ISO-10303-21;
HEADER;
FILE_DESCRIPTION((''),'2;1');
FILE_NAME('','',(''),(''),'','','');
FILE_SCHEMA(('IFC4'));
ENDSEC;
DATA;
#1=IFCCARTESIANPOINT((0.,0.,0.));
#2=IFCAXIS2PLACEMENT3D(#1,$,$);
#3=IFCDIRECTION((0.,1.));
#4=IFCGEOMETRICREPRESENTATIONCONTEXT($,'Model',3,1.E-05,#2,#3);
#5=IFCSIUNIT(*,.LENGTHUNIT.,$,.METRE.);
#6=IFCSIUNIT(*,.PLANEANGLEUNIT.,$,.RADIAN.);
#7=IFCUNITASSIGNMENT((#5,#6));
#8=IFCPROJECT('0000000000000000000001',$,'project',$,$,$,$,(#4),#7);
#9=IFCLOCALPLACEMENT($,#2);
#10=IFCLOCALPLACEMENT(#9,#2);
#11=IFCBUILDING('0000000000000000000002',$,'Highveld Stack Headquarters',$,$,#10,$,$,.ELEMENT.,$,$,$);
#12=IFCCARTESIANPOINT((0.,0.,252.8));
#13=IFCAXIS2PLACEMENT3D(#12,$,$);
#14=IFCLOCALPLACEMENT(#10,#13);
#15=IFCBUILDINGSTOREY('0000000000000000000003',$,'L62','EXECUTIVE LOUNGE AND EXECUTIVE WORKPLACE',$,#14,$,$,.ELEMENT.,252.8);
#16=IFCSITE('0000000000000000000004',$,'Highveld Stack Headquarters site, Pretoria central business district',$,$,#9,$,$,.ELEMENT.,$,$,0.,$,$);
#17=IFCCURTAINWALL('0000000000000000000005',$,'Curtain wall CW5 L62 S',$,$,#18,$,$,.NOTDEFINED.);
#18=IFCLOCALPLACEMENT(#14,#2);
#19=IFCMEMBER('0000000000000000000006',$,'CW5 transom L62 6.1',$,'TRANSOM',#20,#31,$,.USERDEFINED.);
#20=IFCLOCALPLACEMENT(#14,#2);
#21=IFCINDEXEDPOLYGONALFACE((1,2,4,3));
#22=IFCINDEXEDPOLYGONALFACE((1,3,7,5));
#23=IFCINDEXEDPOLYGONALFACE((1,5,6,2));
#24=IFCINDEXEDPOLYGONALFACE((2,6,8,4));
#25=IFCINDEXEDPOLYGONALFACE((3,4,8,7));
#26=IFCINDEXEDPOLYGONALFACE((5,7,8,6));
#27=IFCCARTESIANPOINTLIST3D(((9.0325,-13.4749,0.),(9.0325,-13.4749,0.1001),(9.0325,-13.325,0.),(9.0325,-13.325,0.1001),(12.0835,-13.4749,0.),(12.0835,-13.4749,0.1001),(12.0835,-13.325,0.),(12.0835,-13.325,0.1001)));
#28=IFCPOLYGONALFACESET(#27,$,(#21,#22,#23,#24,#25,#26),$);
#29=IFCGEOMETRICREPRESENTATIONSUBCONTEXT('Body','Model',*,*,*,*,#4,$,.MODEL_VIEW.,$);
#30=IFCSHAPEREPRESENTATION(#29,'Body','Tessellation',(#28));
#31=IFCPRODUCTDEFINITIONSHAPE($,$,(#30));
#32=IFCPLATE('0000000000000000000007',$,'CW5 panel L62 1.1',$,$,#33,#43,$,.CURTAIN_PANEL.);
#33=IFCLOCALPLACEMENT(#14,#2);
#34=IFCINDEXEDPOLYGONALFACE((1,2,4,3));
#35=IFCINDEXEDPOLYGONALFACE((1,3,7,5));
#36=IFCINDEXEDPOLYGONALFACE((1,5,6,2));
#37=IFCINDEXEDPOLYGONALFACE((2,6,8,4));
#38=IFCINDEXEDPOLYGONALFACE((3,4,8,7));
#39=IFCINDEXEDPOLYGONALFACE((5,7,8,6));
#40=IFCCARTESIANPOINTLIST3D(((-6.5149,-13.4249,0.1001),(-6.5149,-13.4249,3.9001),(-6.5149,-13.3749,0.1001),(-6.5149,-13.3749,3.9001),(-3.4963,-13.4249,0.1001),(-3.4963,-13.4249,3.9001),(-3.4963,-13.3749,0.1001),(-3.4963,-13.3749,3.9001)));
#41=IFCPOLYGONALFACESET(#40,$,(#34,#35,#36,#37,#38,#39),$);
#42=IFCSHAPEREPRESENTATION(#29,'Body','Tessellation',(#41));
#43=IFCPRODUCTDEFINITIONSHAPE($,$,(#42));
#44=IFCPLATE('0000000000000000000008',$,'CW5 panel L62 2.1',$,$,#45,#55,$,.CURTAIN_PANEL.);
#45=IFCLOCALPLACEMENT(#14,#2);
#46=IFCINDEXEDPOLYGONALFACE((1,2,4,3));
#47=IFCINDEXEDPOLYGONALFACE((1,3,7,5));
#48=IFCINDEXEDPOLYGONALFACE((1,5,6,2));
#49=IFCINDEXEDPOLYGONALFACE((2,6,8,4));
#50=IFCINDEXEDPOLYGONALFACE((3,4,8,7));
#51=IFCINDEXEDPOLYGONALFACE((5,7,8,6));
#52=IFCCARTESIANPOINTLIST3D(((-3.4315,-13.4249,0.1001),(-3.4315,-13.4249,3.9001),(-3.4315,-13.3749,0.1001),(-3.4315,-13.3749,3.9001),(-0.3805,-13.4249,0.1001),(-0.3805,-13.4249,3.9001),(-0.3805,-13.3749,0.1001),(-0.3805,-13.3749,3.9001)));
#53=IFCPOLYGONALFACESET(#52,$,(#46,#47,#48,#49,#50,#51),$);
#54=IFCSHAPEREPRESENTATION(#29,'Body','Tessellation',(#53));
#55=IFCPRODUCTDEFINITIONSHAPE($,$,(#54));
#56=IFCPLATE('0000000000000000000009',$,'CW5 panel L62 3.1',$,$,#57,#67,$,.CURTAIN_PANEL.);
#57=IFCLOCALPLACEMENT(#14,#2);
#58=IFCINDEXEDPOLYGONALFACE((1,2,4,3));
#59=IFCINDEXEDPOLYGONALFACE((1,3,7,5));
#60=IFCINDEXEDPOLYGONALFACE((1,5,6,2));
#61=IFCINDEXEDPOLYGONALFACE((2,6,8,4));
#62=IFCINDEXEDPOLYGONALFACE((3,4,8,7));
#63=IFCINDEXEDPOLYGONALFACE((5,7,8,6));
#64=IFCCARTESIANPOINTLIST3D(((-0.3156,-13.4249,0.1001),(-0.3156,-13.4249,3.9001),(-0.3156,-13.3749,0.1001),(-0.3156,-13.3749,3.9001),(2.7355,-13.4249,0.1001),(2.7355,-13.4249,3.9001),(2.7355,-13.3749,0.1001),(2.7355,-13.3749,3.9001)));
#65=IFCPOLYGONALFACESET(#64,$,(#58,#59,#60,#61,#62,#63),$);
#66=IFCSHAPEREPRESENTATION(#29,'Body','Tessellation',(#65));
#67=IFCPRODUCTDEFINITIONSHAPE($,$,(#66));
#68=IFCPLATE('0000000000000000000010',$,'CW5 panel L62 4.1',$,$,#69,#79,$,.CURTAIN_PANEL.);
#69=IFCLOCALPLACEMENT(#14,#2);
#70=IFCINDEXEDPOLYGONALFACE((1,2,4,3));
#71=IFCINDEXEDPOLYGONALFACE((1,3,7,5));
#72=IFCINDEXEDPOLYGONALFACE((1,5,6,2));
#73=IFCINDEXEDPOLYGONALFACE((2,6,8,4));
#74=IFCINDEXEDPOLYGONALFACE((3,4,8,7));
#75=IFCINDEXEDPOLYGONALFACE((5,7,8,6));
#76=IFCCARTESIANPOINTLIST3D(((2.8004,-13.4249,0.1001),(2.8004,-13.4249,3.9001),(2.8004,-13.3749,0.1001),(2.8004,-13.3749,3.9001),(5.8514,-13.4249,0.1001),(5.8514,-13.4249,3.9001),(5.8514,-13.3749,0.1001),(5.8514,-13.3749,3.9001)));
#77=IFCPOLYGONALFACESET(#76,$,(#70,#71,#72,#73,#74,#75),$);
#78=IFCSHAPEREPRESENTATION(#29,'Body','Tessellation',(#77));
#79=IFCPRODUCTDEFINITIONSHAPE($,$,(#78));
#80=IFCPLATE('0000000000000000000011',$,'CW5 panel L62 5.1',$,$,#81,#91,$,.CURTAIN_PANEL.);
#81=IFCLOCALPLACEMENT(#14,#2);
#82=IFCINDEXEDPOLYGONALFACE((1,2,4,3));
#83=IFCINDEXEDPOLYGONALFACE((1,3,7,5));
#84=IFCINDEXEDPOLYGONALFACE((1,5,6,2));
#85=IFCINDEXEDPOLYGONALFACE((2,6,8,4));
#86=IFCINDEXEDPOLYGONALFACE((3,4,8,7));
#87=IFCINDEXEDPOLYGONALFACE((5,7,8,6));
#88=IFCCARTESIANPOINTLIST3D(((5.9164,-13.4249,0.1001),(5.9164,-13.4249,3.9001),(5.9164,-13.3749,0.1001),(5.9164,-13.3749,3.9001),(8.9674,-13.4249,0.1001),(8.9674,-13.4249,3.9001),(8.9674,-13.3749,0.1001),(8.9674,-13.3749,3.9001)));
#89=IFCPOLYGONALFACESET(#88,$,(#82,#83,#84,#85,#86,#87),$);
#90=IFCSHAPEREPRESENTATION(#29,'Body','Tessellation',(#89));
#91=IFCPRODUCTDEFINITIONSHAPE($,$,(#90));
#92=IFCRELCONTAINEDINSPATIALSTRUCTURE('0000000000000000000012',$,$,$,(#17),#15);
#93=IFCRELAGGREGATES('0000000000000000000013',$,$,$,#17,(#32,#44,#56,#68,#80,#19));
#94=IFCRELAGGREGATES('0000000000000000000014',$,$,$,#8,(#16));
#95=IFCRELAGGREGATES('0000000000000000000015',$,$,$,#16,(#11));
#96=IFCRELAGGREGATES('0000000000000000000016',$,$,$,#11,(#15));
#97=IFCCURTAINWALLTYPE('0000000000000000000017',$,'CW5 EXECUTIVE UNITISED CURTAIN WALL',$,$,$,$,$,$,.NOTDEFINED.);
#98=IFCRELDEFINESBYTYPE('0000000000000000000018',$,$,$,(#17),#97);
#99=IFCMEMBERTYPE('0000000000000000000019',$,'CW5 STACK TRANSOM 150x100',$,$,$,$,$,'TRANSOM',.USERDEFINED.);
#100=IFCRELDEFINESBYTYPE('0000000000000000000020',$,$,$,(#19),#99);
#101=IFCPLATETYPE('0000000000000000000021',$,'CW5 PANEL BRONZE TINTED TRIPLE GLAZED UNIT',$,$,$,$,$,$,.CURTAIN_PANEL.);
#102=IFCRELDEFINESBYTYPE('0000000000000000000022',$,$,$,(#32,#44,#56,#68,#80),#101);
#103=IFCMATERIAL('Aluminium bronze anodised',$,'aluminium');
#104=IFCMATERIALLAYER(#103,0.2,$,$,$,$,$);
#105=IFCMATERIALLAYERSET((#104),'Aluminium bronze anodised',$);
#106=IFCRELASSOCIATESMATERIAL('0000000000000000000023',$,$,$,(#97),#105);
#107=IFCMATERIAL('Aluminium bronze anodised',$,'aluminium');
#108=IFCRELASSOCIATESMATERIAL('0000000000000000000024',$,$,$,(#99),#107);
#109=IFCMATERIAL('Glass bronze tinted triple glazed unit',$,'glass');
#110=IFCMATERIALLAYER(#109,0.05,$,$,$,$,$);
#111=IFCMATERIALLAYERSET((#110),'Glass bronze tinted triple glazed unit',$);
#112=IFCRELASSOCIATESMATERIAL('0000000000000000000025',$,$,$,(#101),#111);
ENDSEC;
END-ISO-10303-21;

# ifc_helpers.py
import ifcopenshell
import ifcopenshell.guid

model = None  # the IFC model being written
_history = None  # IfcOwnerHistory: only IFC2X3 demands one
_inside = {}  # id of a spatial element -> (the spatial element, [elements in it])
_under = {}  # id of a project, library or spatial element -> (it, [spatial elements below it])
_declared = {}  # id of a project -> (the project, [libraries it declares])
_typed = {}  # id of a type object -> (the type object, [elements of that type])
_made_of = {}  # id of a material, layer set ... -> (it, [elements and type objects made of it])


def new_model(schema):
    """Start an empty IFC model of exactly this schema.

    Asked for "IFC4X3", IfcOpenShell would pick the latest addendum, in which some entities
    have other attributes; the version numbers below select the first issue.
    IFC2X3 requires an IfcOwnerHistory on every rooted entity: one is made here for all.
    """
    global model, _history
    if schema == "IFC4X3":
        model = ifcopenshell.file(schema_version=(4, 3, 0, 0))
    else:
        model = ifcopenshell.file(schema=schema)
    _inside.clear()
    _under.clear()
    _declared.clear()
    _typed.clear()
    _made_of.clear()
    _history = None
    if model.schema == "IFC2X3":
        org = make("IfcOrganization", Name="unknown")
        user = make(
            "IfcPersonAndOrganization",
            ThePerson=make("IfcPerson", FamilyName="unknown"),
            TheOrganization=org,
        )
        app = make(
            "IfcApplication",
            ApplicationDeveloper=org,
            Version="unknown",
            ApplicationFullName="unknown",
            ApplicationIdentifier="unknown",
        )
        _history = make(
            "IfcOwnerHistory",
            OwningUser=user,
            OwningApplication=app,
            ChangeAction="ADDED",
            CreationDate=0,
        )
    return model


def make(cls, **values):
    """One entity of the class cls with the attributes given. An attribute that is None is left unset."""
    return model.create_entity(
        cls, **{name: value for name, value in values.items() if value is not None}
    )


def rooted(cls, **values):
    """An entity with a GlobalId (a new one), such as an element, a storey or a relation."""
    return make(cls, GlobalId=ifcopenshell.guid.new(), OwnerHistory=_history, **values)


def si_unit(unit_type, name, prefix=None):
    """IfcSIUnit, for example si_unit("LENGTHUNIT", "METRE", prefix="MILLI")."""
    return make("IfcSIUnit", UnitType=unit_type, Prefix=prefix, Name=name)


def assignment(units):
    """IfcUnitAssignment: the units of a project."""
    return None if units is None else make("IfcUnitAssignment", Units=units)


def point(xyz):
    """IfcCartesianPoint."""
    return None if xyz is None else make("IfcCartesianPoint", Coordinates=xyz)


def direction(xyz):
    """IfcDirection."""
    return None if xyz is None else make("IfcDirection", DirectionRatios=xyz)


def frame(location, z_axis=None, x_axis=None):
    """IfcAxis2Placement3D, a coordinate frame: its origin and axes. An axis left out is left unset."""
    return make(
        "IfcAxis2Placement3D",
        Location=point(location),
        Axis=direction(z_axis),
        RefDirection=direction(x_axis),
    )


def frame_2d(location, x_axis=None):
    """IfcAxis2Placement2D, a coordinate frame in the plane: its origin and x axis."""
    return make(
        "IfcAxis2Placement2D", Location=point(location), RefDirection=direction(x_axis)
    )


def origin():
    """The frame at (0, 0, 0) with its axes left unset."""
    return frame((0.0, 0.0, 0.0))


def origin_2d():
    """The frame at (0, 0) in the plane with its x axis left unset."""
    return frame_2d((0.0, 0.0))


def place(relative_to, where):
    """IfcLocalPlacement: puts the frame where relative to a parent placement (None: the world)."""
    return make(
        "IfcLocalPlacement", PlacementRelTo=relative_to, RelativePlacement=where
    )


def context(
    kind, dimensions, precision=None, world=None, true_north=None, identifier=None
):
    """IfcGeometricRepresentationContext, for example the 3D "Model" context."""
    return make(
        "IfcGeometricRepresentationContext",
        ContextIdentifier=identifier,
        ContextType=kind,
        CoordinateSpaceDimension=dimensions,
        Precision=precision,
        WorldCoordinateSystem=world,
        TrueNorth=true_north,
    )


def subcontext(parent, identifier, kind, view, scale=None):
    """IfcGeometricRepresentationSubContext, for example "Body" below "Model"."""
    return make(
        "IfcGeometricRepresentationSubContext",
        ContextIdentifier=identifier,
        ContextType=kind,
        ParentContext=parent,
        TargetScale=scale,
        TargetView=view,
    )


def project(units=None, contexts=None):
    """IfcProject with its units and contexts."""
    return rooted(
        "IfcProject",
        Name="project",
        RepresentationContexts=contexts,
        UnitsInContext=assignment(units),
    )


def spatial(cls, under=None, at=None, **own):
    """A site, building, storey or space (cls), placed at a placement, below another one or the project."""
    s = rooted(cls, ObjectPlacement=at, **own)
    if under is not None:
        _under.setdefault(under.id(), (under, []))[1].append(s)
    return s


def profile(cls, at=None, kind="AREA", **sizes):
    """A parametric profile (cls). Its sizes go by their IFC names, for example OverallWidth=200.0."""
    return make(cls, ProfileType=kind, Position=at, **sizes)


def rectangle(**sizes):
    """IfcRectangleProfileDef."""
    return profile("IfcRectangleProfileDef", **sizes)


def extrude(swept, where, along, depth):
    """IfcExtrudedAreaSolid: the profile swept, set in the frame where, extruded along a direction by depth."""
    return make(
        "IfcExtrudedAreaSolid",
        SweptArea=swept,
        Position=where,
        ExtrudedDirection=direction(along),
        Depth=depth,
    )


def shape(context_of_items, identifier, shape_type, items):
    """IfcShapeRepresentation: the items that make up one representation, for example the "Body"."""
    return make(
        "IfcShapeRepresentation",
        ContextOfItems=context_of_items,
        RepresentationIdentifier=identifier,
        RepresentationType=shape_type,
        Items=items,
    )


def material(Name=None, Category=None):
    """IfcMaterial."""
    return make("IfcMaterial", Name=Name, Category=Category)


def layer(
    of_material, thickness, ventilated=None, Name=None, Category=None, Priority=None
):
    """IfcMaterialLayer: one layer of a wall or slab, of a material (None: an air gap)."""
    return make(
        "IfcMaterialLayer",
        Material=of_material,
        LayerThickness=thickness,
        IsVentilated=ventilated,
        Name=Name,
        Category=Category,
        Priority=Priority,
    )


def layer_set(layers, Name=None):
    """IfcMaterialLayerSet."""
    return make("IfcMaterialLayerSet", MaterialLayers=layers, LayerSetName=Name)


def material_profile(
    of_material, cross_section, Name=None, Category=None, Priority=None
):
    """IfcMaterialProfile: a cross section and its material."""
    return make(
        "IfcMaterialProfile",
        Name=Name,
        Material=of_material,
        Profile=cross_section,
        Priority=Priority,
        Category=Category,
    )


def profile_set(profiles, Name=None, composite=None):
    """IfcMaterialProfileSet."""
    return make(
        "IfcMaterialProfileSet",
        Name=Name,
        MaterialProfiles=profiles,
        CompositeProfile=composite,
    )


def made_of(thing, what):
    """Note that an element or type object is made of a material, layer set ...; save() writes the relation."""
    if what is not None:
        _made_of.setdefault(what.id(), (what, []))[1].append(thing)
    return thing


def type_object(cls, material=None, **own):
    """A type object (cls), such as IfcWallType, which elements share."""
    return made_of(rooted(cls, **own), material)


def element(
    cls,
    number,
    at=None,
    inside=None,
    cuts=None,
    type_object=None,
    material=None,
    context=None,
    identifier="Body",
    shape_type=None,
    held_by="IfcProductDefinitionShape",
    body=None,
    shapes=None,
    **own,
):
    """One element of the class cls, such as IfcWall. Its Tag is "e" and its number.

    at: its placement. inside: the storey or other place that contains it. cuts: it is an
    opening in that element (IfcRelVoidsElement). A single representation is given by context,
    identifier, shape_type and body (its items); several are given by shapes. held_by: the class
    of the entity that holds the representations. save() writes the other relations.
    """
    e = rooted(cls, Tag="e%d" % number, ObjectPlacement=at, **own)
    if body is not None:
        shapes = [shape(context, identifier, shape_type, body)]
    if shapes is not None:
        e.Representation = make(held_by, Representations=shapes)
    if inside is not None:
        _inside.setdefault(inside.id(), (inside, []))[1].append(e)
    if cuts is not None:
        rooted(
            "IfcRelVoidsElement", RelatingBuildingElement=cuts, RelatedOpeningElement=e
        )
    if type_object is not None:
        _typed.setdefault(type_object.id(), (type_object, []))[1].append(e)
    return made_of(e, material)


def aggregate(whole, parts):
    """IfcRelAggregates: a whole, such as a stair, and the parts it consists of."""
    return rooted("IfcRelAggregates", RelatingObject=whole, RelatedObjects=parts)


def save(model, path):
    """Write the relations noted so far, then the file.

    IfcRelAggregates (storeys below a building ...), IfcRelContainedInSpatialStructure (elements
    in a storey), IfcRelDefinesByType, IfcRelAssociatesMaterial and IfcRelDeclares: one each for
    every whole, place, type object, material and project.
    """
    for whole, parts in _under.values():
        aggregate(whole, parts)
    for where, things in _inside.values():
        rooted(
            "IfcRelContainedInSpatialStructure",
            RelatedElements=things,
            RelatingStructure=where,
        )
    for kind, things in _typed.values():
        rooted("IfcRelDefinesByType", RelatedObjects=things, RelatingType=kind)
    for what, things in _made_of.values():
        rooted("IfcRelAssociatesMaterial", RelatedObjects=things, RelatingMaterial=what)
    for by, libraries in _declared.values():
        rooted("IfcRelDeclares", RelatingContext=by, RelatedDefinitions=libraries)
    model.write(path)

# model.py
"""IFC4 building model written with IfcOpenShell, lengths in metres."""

from ifc_helpers import new_model, si_unit, direction, frame, origin, origin_2d, place, context, subcontext, project, spatial, rectangle, extrude, material, layer, layer_set, material_profile, profile_set, type_object, element, aggregate, save


model = new_model("IFC4")

# Units and contexts
model_context = context("Model", 3, precision=1e-05, world=origin(), true_north=direction((0.0, 1.0)))
body_context = subcontext(model_context, "Body", "Model", "MODEL_VIEW")
ifc_project = project(units=[si_unit("LENGTHUNIT", "METRE"), si_unit("PLANEANGLEUNIT", "RADIAN")], contexts=[model_context])

# Site, building, storey
site_placement = place(None, origin())
site = spatial("IfcSite", under=ifc_project, at=site_placement, Name="Highveld Stack Headquarters site, Pretoria central business district", CompositionType="ELEMENT", RefElevation=0.0)
building_placement = place(site_placement, origin())
building = spatial("IfcBuilding", under=site, at=building_placement, Name="Highveld Stack Headquarters", CompositionType="ELEMENT")
storey_placement = place(building_placement, frame((0.0, 0.0, 252.8)))
storey = spatial("IfcBuildingStorey", under=building, at=storey_placement, Name="L62", Description="EXECUTIVE LOUNGE AND EXECUTIVE WORKPLACE", CompositionType="ELEMENT", Elevation=252.8)

# Curtain wall, member, plates
ifc_material_1 = material(Name="Aluminium bronze anodised", Category="aluminium")
ifc_layer_1 = layer(ifc_material_1, 0.2)
ifc_layer_set_1 = layer_set([ifc_layer_1], Name="Aluminium bronze anodised")
curtain_wall_type = type_object("IfcCurtainWallType", Name="CW5 EXECUTIVE UNITISED CURTAIN WALL", PredefinedType="NOTDEFINED", material=ifc_layer_set_1)
curtain_wall_placement = place(storey_placement, origin())
curtain_wall = element("IfcCurtainWall", 1, at=curtain_wall_placement, inside=storey, type_object=curtain_wall_type, Name="Curtain wall CW5 L62 S", PredefinedType="NOTDEFINED")
ifc_material_2 = material(Name="Aluminium bronze anodised", Category="aluminium")
ifc_material_profile_1 = material_profile(ifc_material_2, rectangle(XDim=0.1499, YDim=0.1001, at=origin_2d()), Name="CW5 TRANSOM 150x100")
ifc_profile_set_1 = profile_set([ifc_material_profile_1], Name="Aluminium bronze anodised")
member_type_1 = type_object("IfcMemberType", Name="CW5 STACK TRANSOM 150x100", ElementType="TRANSOM", PredefinedType="USERDEFINED", material=ifc_profile_set_1)
member_1_placement = place(storey_placement, frame((9.0325, -13.3999, 0.05), z_axis=(1.0, 0.0, 0.0), x_axis=(0.0, 1.0, 0.0)))
member_1 = element("IfcMember", 2, at=member_1_placement, type_object=member_type_1, Name="CW5 transom L62 6.1", ObjectType="TRANSOM", PredefinedType="USERDEFINED", context=body_context, shape_type="SweptSolid", body=[
    extrude(rectangle(XDim=0.1499, YDim=0.1001, at=origin_2d()), origin(), (0.0, 0.0, 1.0), 3.051),
])
ifc_material_3 = material(Name="Glass bronze tinted triple glazed unit", Category="glass")
ifc_layer_2 = layer(ifc_material_3, 0.05)
ifc_layer_set_2 = layer_set([ifc_layer_2], Name="Glass bronze tinted triple glazed unit")
plate_type = type_object("IfcPlateType", Name="CW5 PANEL BRONZE TINTED TRIPLE GLAZED UNIT", PredefinedType="CURTAIN_PANEL", material=ifc_layer_set_2)
plate_1_placement = place(storey_placement, frame((-5.0056, -13.3999, 0.1001), z_axis=(0.0, 0.0, 1.0), x_axis=(1.0, 0.0, 0.0)))
plate_1 = element("IfcPlate", 3, at=plate_1_placement, type_object=plate_type, Name="CW5 panel L62 1.1", PredefinedType="CURTAIN_PANEL", context=body_context, shape_type="SweptSolid", body=[
    extrude(rectangle(XDim=3.0186, YDim=0.05, at=origin_2d()), origin(), (0.0, 0.0, 1.0), 3.8),
])
plate_2_placement = place(storey_placement, frame((-1.906, -13.3999, 0.1001), z_axis=(0.0, 0.0, 1.0), x_axis=(1.0, 0.0, 0.0)))
plate_2 = element("IfcPlate", 4, at=plate_2_placement, type_object=plate_type, Name="CW5 panel L62 2.1", PredefinedType="CURTAIN_PANEL", context=body_context, shape_type="SweptSolid", body=[
    extrude(rectangle(XDim=3.051, YDim=0.05, at=origin_2d()), origin(), (0.0, 0.0, 1.0), 3.8),
])
plate_3_placement = place(storey_placement, frame((1.21, -13.3999, 0.1001), z_axis=(0.0, 0.0, 1.0), x_axis=(1.0, 0.0, 0.0)))
plate_3 = element("IfcPlate", 5, at=plate_3_placement, type_object=plate_type, Name="CW5 panel L62 3.1", PredefinedType="CURTAIN_PANEL", context=body_context, shape_type="SweptSolid", body=[
    extrude(rectangle(XDim=3.051, YDim=0.05, at=origin_2d()), origin(), (0.0, 0.0, 1.0), 3.8),
])
plate_4_placement = place(storey_placement, frame((4.3259, -13.3999, 0.1001), z_axis=(0.0, 0.0, 1.0), x_axis=(1.0, 0.0, 0.0)))
plate_4 = element("IfcPlate", 6, at=plate_4_placement, type_object=plate_type, Name="CW5 panel L62 4.1", PredefinedType="CURTAIN_PANEL", context=body_context, shape_type="SweptSolid", body=[
    extrude(rectangle(XDim=3.051, YDim=0.05, at=origin_2d()), origin(), (0.0, 0.0, 1.0), 3.8),
])
plate_5_placement = place(storey_placement, frame((7.4419, -13.3999, 0.1001), z_axis=(0.0, 0.0, 1.0), x_axis=(1.0, 0.0, 0.0)))
plate_5 = element("IfcPlate", 7, at=plate_5_placement, type_object=plate_type, Name="CW5 panel L62 5.1", PredefinedType="CURTAIN_PANEL", context=body_context, shape_type="SweptSolid", body=[
    extrude(rectangle(XDim=3.051, YDim=0.05, at=origin_2d()), origin(), (0.0, 0.0, 1.0), 3.8),
])
aggregate(curtain_wall, [plate_1, plate_2, plate_3, plate_4, plate_5, member_1])

save(model, "model.ifc")
